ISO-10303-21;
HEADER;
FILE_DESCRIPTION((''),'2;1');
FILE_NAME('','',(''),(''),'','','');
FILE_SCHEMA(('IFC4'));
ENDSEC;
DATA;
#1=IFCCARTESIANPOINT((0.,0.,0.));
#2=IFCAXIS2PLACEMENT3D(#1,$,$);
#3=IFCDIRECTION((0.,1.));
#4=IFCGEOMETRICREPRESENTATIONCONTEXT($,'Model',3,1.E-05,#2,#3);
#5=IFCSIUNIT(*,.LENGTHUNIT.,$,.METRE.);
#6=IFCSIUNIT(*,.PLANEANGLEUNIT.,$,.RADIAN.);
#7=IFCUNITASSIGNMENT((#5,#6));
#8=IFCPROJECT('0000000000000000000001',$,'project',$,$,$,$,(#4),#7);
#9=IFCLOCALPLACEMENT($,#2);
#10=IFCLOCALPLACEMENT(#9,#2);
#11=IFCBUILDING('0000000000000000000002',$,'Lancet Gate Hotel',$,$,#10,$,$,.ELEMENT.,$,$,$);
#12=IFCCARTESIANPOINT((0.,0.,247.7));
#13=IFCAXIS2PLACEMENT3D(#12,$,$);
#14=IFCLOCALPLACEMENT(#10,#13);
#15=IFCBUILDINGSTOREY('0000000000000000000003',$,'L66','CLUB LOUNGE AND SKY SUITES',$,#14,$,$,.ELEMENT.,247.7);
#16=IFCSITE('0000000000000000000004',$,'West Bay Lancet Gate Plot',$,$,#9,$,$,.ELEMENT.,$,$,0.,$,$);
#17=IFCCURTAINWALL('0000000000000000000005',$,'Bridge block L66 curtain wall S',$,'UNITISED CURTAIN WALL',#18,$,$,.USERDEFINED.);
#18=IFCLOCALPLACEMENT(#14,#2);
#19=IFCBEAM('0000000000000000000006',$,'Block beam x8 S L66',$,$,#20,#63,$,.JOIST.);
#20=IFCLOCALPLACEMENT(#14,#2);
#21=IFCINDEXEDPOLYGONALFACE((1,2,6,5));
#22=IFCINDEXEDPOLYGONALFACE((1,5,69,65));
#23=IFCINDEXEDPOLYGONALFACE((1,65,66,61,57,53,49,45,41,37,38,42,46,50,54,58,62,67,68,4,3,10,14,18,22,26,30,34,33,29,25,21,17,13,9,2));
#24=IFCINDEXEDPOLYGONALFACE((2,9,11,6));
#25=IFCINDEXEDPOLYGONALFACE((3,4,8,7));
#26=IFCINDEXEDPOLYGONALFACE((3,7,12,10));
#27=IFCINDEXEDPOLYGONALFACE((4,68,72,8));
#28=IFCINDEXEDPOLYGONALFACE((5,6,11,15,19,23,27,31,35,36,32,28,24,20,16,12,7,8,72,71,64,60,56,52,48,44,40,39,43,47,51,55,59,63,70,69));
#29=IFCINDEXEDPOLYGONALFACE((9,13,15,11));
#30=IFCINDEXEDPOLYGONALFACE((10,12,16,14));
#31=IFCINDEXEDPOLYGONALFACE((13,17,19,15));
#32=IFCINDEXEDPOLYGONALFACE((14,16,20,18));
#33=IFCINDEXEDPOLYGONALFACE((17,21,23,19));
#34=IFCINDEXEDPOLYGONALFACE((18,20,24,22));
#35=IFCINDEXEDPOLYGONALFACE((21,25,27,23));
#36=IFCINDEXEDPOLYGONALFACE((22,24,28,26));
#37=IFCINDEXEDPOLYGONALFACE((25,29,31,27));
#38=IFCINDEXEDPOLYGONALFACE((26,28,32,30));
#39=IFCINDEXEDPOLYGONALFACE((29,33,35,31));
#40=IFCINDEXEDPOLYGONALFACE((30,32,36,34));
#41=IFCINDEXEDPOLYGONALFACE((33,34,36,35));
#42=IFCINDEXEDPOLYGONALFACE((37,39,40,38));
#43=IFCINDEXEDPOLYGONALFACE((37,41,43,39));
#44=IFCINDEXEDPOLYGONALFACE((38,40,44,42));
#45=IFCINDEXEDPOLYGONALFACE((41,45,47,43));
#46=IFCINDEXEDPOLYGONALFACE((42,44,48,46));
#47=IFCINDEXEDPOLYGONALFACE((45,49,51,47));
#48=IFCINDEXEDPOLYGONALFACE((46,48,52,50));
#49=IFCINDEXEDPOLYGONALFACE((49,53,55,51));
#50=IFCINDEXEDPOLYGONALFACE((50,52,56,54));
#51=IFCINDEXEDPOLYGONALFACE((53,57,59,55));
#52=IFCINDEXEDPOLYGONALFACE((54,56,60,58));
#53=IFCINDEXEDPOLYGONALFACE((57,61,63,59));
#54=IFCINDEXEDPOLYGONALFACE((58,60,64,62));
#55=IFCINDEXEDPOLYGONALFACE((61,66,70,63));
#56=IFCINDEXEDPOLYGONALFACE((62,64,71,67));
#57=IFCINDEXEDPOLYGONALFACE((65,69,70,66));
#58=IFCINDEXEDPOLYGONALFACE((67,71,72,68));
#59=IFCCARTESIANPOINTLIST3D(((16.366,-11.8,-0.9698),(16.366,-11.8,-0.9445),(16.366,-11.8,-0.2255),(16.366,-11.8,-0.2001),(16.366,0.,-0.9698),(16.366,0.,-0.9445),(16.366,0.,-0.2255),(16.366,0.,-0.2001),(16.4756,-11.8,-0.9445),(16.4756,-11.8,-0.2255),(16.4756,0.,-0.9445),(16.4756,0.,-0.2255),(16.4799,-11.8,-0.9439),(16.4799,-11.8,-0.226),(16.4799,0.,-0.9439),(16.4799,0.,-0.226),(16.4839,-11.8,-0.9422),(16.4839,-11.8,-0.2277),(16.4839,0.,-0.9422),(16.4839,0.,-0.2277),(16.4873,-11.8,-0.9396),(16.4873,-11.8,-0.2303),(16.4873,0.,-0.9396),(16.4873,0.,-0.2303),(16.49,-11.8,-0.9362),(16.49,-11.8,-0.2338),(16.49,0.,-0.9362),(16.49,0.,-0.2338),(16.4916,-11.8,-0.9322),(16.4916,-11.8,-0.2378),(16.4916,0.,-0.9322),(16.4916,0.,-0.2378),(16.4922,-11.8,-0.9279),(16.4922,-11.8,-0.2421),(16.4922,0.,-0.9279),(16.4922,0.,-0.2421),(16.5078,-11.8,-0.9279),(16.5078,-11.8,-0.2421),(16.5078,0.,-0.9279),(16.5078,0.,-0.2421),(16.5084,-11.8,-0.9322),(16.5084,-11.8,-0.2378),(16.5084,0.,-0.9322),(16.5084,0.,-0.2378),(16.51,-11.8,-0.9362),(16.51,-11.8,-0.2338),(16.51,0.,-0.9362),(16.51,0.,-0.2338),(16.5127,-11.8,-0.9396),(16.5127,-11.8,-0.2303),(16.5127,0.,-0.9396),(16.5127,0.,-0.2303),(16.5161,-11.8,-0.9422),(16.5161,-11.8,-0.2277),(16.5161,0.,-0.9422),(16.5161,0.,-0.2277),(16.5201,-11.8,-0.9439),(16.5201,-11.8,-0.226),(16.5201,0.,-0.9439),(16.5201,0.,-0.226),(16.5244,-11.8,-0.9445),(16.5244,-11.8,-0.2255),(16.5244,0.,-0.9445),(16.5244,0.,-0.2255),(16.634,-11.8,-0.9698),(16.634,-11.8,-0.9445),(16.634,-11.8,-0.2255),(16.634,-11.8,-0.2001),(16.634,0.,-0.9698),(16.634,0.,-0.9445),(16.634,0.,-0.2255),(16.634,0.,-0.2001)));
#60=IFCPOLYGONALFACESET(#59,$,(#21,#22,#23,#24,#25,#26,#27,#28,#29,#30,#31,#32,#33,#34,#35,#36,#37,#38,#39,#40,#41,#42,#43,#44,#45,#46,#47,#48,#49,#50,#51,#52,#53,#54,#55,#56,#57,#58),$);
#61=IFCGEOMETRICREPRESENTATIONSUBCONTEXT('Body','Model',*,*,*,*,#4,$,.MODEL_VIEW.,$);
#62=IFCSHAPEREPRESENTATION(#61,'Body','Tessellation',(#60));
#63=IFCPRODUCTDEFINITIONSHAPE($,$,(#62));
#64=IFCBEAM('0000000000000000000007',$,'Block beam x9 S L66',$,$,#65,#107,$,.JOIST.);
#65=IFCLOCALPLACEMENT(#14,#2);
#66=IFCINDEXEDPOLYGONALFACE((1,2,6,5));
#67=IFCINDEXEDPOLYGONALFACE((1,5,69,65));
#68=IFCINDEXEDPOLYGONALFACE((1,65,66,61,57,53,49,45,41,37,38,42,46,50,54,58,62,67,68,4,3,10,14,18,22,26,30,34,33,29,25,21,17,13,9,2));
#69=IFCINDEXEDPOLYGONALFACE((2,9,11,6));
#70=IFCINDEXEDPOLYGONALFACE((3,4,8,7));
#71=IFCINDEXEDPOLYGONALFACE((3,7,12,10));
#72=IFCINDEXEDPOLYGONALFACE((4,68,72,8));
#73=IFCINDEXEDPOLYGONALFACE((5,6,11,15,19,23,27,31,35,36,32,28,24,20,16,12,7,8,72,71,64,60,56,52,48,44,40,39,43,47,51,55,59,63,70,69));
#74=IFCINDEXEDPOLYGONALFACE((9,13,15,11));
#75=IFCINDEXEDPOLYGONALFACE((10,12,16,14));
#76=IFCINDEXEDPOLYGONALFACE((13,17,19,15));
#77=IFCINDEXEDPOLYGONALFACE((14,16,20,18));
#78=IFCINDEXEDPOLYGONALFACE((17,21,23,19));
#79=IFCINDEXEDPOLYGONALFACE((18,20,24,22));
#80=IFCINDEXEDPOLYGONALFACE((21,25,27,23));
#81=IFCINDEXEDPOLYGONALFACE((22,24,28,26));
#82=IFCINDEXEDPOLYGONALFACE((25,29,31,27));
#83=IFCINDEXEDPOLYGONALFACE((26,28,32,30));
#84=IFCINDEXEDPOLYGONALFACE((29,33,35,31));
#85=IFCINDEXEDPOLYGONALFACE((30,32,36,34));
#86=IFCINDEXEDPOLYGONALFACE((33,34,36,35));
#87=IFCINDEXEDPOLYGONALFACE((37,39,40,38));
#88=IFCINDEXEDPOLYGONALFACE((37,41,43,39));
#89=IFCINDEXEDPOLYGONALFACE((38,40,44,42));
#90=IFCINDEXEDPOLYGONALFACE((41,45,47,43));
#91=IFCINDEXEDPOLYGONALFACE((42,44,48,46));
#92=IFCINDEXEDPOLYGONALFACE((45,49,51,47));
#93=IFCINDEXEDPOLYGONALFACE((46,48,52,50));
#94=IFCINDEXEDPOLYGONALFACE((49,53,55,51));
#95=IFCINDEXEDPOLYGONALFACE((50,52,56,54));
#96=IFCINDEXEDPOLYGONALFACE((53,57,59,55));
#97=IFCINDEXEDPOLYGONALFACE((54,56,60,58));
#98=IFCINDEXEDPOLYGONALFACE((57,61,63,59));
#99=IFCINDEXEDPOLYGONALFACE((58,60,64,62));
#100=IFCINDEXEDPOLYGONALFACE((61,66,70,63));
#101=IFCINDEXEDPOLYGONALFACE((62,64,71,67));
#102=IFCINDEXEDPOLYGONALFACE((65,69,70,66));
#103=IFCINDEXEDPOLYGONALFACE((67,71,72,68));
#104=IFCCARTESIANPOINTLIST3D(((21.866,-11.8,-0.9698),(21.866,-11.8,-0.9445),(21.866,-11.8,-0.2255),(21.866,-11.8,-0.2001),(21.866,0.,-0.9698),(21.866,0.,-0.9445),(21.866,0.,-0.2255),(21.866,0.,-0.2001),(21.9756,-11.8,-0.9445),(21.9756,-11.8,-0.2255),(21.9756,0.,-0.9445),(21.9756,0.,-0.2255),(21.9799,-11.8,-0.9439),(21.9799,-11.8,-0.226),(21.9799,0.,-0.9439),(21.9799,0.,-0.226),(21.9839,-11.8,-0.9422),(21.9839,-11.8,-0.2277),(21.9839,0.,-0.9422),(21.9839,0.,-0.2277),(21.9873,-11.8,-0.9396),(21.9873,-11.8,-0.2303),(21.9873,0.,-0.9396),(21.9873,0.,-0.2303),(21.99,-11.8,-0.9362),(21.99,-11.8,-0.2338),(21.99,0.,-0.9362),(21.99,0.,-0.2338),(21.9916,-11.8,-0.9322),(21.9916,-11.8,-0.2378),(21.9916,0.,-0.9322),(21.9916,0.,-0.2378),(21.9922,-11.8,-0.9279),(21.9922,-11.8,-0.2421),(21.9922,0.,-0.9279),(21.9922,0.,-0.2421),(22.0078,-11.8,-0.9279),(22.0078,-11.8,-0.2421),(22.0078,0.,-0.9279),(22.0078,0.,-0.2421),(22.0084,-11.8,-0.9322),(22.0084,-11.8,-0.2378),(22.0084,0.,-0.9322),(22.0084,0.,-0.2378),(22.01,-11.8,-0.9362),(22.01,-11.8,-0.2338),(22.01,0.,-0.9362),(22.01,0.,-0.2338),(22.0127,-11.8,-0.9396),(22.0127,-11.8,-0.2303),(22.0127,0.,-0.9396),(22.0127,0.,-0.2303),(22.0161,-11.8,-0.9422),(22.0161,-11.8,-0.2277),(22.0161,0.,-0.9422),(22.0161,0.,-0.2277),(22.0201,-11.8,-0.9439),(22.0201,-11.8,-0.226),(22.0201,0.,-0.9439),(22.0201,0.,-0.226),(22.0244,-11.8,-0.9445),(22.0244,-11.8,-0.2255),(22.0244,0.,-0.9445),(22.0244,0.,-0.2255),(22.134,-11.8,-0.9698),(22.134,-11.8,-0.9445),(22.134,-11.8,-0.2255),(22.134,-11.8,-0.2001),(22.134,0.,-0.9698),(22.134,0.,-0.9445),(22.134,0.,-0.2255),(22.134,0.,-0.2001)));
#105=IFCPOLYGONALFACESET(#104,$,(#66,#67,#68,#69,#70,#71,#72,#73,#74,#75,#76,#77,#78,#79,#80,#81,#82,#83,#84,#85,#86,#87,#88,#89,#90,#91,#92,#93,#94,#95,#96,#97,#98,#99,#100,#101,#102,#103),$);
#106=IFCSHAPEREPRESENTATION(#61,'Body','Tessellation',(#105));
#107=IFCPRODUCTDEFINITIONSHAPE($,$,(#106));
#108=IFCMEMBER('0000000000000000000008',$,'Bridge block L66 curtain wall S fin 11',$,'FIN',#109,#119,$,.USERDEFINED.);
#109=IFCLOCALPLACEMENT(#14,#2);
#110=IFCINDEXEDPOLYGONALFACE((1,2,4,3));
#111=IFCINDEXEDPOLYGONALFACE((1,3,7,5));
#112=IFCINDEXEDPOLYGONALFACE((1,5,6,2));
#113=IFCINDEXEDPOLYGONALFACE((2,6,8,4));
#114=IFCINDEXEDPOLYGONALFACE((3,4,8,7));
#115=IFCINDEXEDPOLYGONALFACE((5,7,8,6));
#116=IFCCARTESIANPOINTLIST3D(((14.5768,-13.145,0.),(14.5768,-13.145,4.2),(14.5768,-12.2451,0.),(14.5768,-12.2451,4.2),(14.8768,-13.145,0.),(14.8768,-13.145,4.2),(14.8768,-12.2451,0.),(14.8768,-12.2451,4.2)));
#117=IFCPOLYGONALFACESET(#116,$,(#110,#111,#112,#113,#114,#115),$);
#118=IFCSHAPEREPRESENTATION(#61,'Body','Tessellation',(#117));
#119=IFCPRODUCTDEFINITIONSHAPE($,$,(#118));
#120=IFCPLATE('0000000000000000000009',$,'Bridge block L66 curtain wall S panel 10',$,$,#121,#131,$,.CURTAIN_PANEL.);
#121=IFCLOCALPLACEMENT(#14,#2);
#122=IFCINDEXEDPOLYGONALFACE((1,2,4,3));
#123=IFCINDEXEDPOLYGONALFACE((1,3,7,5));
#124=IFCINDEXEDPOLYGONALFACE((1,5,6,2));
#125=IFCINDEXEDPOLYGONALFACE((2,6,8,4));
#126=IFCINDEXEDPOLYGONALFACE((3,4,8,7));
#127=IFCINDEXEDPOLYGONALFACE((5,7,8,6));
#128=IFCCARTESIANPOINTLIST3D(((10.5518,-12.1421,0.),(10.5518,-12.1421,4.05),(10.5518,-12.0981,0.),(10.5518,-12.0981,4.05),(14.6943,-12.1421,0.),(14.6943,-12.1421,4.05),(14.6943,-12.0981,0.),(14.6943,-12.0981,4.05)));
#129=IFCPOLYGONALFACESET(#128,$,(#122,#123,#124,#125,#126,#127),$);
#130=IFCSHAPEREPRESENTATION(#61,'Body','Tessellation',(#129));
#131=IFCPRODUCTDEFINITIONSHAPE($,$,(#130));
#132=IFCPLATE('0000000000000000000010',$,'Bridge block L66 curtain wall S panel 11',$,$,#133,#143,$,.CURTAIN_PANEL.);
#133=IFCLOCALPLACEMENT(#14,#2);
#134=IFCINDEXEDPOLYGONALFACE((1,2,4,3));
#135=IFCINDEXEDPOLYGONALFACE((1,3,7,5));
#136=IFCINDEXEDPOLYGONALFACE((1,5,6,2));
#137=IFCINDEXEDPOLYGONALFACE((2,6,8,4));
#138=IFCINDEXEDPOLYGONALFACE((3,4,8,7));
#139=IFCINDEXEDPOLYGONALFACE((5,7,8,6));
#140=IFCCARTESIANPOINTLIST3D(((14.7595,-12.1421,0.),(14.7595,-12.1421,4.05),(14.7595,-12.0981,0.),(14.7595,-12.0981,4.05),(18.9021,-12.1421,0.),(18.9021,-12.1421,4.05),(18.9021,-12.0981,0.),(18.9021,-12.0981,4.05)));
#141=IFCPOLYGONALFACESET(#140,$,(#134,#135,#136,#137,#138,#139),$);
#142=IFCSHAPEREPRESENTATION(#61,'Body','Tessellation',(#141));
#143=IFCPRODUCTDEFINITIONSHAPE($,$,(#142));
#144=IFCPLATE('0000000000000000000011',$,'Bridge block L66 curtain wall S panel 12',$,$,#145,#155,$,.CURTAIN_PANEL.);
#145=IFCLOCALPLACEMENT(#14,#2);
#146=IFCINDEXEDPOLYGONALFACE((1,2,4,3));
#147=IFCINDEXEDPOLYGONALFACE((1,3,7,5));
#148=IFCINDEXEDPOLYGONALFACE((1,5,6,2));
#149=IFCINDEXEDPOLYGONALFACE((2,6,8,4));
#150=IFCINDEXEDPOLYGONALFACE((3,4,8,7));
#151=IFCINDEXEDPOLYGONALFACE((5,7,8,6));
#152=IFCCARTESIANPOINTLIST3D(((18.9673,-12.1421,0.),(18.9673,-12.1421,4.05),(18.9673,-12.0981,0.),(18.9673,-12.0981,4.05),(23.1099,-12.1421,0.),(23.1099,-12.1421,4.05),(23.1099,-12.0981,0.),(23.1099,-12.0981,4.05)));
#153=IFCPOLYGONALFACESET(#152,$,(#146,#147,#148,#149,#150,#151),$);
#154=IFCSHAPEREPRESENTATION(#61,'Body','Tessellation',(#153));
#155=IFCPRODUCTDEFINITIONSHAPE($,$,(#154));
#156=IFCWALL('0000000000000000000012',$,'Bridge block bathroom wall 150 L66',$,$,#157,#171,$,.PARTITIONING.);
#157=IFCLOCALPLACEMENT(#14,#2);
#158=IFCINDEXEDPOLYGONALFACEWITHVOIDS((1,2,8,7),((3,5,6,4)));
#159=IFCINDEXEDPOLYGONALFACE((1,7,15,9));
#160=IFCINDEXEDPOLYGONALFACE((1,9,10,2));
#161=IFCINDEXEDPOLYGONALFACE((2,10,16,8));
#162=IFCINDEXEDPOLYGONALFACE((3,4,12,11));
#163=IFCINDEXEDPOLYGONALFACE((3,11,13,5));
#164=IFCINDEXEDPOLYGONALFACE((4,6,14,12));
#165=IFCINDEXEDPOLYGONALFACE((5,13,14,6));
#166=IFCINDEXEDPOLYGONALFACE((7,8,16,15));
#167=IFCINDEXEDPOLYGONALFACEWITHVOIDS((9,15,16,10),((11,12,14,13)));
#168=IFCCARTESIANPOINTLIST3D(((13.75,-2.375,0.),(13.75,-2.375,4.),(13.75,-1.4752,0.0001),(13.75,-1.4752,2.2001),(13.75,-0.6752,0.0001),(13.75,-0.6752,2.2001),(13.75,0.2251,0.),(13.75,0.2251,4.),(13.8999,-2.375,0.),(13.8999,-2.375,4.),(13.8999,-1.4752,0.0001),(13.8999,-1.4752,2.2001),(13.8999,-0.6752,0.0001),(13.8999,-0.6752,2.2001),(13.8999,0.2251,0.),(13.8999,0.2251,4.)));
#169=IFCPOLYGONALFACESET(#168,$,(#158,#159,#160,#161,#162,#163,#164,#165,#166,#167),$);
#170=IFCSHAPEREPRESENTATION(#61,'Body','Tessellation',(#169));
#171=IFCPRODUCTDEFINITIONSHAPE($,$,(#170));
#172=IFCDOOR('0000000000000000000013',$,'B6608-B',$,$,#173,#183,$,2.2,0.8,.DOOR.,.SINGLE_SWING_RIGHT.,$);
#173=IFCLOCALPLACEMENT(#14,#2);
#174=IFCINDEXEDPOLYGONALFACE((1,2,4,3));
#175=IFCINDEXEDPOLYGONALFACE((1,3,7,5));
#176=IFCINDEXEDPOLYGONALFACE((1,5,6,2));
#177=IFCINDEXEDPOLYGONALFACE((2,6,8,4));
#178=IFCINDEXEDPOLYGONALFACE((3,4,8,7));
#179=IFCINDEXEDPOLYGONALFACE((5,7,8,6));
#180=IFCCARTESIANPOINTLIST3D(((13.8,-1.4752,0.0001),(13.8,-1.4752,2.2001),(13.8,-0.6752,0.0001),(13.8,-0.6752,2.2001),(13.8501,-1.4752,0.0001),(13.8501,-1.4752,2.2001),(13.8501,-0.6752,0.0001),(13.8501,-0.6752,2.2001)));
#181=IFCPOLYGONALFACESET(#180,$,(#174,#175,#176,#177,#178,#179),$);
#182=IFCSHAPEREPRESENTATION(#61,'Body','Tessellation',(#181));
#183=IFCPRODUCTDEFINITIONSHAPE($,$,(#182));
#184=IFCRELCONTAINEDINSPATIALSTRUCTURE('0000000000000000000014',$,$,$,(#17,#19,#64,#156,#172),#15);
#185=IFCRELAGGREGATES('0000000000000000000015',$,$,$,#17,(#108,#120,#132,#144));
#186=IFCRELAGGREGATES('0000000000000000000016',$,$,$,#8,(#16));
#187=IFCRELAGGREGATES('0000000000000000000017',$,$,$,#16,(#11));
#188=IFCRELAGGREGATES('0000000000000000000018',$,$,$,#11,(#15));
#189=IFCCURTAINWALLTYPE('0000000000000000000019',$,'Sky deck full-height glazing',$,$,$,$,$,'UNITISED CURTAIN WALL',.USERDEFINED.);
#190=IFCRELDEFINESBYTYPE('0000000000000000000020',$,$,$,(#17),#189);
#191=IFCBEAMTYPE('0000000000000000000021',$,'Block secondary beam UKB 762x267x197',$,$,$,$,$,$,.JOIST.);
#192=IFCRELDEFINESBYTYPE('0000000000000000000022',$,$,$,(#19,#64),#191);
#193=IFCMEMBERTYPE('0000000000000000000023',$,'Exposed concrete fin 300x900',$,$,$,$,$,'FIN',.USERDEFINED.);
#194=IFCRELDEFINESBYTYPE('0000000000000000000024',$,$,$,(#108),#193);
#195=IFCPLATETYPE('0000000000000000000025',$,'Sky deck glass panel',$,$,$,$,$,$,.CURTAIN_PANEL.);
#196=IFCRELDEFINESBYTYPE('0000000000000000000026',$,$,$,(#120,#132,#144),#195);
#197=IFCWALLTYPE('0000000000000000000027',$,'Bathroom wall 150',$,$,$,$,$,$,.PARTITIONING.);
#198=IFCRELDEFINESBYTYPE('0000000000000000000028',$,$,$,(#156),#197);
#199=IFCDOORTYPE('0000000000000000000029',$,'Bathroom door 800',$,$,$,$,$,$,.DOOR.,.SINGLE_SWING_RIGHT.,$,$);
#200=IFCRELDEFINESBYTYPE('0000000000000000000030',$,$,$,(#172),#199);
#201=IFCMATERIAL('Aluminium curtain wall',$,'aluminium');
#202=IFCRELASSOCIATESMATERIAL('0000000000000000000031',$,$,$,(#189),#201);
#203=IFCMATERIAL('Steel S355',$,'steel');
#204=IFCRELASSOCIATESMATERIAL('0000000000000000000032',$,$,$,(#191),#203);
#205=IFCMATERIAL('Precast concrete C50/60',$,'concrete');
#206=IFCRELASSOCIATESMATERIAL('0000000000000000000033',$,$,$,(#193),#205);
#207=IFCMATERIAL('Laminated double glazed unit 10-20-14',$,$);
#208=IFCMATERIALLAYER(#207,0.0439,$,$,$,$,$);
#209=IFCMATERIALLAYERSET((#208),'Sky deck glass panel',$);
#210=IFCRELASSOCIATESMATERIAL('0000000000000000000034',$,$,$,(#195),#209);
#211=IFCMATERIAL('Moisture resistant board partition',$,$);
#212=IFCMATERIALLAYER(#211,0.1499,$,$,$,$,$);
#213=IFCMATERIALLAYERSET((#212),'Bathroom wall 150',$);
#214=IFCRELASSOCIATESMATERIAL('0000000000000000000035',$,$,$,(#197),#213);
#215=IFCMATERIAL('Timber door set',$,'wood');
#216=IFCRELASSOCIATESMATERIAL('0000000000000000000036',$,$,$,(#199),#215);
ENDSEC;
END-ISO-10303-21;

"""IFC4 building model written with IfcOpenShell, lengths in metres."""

from ifc_helpers import new_model, si_unit, direction, frame, frame_2d, origin, origin_2d, place, context, subcontext, project, spatial, rectangle, i_section, extrude, material, layer, layer_set, material_profile, profile_set, type_object, element, fill, aggregate, save


model = new_model("IFC4")

# Units and contexts
model_context = context("Model", 3, precision=1e-05, world=origin(), true_north=direction((0.0, 1.0)))
body_context = subcontext(model_context, "Body", "Model", "MODEL_VIEW")
ifc_project = project(units=[si_unit("LENGTHUNIT", "METRE"), si_unit("PLANEANGLEUNIT", "RADIAN")], contexts=[model_context])

# Site, building, storey
site_placement = place(None, origin())
site = spatial("IfcSite", under=ifc_project, at=site_placement, Name="West Bay Lancet Gate Plot", CompositionType="ELEMENT", RefElevation=0.0)
building_placement = place(site_placement, origin())
building = spatial("IfcBuilding", under=site, at=building_placement, Name="Lancet Gate Hotel", CompositionType="ELEMENT")
storey_placement = place(building_placement, frame((0.0, 0.0, 247.7)))
storey = spatial("IfcBuildingStorey", under=building, at=storey_placement, Name="L66", Description="CLUB LOUNGE AND SKY SUITES", CompositionType="ELEMENT", Elevation=247.7)

# Curtain wall
ifc_material_1 = material(Name="Aluminium curtain wall", Category="aluminium")
curtain_wall_type = type_object("IfcCurtainWallType", Name="Sky deck full-height glazing", ElementType="UNITISED CURTAIN WALL", PredefinedType="USERDEFINED", material=ifc_material_1)
curtain_wall_placement = place(storey_placement, origin())
curtain_wall = element("IfcCurtainWall", 1, at=curtain_wall_placement, inside=storey, type_object=curtain_wall_type, Name="Bridge block L66 curtain wall S", ObjectType="UNITISED CURTAIN WALL", PredefinedType="USERDEFINED")

# Beams
ifc_material_2 = material(Name="Steel S355", Category="steel")
ifc_material_profile_1 = material_profile(ifc_material_2, i_section(OverallWidth=0.2681, OverallDepth=0.7698, WebThickness=0.0156, FlangeThickness=0.0254, FilletRadius=0.0166, at=origin_2d()), Name="UKB 762x267x197")
ifc_profile_set_1 = profile_set([ifc_material_profile_1], Name="Steel S355")
beam_type_1 = type_object("IfcBeamType", Name="Block secondary beam UKB 762x267x197", PredefinedType="JOIST", material=ifc_profile_set_1)
for number, where, z_axis, x_axis, name in (
    (2, (16.5, -11.8, -0.585), (0.0, 1.0, 0.0), (-1.0, 0.0, 0.0), "Block beam x8 S L66"),
    (3, (22.0, -11.8, -0.585), (0.0, 1.0, 0.0), (-1.0, 0.0, 0.0), "Block beam x9 S L66"),
):
    element("IfcBeam", number, at=place(storey_placement, frame(where, z_axis=z_axis, x_axis=x_axis)), inside=storey, type_object=beam_type_1, Name=name, PredefinedType="JOIST", context=body_context, shape_type="SweptSolid", body=[
        extrude(i_section(OverallWidth=0.2681, OverallDepth=0.7698, WebThickness=0.0156, FlangeThickness=0.0254, FilletRadius=0.0166, at=origin_2d()), origin(), (0.0, 0.0, 1.0), 11.8),
    ])

# Member
ifc_material_3 = material(Name="Precast concrete C50/60", Category="concrete")
ifc_material_profile_2 = material_profile(ifc_material_3, rectangle(XDim=0.3, YDim=0.8999, at=origin_2d()), Name="FIN 300x900")
ifc_profile_set_2 = profile_set([ifc_material_profile_2], Name="Precast concrete C50/60")
member_type_1 = type_object("IfcMemberType", Name="Exposed concrete fin 300x900", ElementType="FIN", PredefinedType="USERDEFINED", material=ifc_profile_set_2)
member_1_placement = place(storey_placement, frame((14.7268, -12.6951, 0.0), z_axis=(0.0, 0.0, 1.0), x_axis=(1.0, 0.0, 0.0)))
member_1 = element("IfcMember", 4, at=member_1_placement, type_object=member_type_1, Name="Bridge block L66 curtain wall S fin 11", ObjectType="FIN", PredefinedType="USERDEFINED", context=body_context, shape_type="SweptSolid", body=[
    extrude(rectangle(XDim=0.3, YDim=0.8999, at=origin_2d()), origin(), (0.0, 0.0, 1.0), 4.2),
])

# Plates
ifc_material_4 = material(Name="Laminated double glazed unit 10-20-14")
ifc_layer_1 = layer(ifc_material_4, 0.0439)
ifc_layer_set_1 = layer_set([ifc_layer_1], Name="Sky deck glass panel")
plate_type = type_object("IfcPlateType", Name="Sky deck glass panel", PredefinedType="CURTAIN_PANEL", material=ifc_layer_set_1)
plate_1_placement = place(storey_placement, frame((12.623, -12.1201, 0.0), z_axis=(0.0, 0.0, 1.0), x_axis=(1.0, 0.0, 0.0)))
plate_1 = element("IfcPlate", 5, at=plate_1_placement, type_object=plate_type, Name="Bridge block L66 curtain wall S panel 10", PredefinedType="CURTAIN_PANEL", context=body_context, shape_type="SweptSolid", body=[
    extrude(rectangle(XDim=4.1426, YDim=0.0439, at=origin_2d()), origin(), (0.0, 0.0, 1.0), 4.05),
])
plate_2_placement = place(storey_placement, frame((16.8308, -12.1201, 0.0), z_axis=(0.0, 0.0, 1.0), x_axis=(1.0, 0.0, 0.0)))
plate_2 = element("IfcPlate", 6, at=plate_2_placement, type_object=plate_type, Name="Bridge block L66 curtain wall S panel 11", PredefinedType="CURTAIN_PANEL", context=body_context, shape_type="SweptSolid", body=[
    extrude(rectangle(XDim=4.1426, YDim=0.0439, at=origin_2d()), origin(), (0.0, 0.0, 1.0), 4.05),
])
plate_3_placement = place(storey_placement, frame((21.0386, -12.1201, 0.0), z_axis=(0.0, 0.0, 1.0), x_axis=(1.0, 0.0, 0.0)))
plate_3 = element("IfcPlate", 7, at=plate_3_placement, type_object=plate_type, Name="Bridge block L66 curtain wall S panel 12", PredefinedType="CURTAIN_PANEL", context=body_context, shape_type="SweptSolid", body=[
    extrude(rectangle(XDim=4.1426, YDim=0.0439, at=origin_2d()), origin(), (0.0, 0.0, 1.0), 4.05),
])
aggregate(curtain_wall, [member_1, plate_1, plate_2, plate_3])

# Wall, opening, door
ifc_material_5 = material(Name="Moisture resistant board partition")
ifc_layer_2 = layer(ifc_material_5, 0.1499)
ifc_layer_set_2 = layer_set([ifc_layer_2], Name="Bathroom wall 150")
wall_type_1 = type_object("IfcWallType", Name="Bathroom wall 150", PredefinedType="PARTITIONING", material=ifc_layer_set_2)
wall_1_placement = place(storey_placement, frame((13.825, -2.375, 0.0), z_axis=(0.0, 0.0, 1.0), x_axis=(0.0, 1.0, 0.0)))
wall_1 = element("IfcWall", 8, at=wall_1_placement, inside=storey, type_object=wall_type_1, Name="Bridge block bathroom wall 150 L66", PredefinedType="PARTITIONING", context=body_context, shape_type="SweptSolid", body=[
    extrude(rectangle(XDim=2.6001, YDim=0.1499, at=frame_2d((1.3, 0.0))), origin(), (0.0, 0.0, 1.0), 4.0),
])
opening_placement = place(wall_1_placement, frame((0.8999, 0.0, 0.0)))
opening = element("IfcOpeningElement", 9, at=opening_placement, cuts=wall_1, PredefinedType="OPENING", context=body_context, shape_type="SweptSolid", body=[
    extrude(rectangle(XDim=0.8, YDim=2.2, at=frame_2d((0.3999, 1.1001))), frame((0.0, 0.085, 0.0), z_axis=(0.0, -1.0, 0.0), x_axis=(1.0, 0.0, 0.0)), (0.0, 0.0, 1.0), 0.1699),
])
ifc_material_6 = material(Name="Timber door set", Category="wood")
door_type = type_object("IfcDoorType", Name="Bathroom door 800", OperationType="SINGLE_SWING_RIGHT", PredefinedType="DOOR", material=ifc_material_6)
door_placement = place(opening_placement, origin())
door = element("IfcDoor", 10, at=door_placement, inside=storey, type_object=door_type, Name="B6608-B", OperationType="SINGLE_SWING_RIGHT", OverallHeight=2.2, OverallWidth=0.8, PredefinedType="DOOR", context=body_context, shape_type="SweptSolid", body=[
    extrude(rectangle(XDim=0.8, YDim=2.2, at=frame_2d((0.3999, 1.1001))), frame((0.0, 0.0249, 0.0), z_axis=(0.0, -1.0, 0.0), x_axis=(1.0, 0.0, 0.0)), (0.0, 0.0, 1.0), 0.05),
])
fill(opening, door)

save(model, "model.ifc")
